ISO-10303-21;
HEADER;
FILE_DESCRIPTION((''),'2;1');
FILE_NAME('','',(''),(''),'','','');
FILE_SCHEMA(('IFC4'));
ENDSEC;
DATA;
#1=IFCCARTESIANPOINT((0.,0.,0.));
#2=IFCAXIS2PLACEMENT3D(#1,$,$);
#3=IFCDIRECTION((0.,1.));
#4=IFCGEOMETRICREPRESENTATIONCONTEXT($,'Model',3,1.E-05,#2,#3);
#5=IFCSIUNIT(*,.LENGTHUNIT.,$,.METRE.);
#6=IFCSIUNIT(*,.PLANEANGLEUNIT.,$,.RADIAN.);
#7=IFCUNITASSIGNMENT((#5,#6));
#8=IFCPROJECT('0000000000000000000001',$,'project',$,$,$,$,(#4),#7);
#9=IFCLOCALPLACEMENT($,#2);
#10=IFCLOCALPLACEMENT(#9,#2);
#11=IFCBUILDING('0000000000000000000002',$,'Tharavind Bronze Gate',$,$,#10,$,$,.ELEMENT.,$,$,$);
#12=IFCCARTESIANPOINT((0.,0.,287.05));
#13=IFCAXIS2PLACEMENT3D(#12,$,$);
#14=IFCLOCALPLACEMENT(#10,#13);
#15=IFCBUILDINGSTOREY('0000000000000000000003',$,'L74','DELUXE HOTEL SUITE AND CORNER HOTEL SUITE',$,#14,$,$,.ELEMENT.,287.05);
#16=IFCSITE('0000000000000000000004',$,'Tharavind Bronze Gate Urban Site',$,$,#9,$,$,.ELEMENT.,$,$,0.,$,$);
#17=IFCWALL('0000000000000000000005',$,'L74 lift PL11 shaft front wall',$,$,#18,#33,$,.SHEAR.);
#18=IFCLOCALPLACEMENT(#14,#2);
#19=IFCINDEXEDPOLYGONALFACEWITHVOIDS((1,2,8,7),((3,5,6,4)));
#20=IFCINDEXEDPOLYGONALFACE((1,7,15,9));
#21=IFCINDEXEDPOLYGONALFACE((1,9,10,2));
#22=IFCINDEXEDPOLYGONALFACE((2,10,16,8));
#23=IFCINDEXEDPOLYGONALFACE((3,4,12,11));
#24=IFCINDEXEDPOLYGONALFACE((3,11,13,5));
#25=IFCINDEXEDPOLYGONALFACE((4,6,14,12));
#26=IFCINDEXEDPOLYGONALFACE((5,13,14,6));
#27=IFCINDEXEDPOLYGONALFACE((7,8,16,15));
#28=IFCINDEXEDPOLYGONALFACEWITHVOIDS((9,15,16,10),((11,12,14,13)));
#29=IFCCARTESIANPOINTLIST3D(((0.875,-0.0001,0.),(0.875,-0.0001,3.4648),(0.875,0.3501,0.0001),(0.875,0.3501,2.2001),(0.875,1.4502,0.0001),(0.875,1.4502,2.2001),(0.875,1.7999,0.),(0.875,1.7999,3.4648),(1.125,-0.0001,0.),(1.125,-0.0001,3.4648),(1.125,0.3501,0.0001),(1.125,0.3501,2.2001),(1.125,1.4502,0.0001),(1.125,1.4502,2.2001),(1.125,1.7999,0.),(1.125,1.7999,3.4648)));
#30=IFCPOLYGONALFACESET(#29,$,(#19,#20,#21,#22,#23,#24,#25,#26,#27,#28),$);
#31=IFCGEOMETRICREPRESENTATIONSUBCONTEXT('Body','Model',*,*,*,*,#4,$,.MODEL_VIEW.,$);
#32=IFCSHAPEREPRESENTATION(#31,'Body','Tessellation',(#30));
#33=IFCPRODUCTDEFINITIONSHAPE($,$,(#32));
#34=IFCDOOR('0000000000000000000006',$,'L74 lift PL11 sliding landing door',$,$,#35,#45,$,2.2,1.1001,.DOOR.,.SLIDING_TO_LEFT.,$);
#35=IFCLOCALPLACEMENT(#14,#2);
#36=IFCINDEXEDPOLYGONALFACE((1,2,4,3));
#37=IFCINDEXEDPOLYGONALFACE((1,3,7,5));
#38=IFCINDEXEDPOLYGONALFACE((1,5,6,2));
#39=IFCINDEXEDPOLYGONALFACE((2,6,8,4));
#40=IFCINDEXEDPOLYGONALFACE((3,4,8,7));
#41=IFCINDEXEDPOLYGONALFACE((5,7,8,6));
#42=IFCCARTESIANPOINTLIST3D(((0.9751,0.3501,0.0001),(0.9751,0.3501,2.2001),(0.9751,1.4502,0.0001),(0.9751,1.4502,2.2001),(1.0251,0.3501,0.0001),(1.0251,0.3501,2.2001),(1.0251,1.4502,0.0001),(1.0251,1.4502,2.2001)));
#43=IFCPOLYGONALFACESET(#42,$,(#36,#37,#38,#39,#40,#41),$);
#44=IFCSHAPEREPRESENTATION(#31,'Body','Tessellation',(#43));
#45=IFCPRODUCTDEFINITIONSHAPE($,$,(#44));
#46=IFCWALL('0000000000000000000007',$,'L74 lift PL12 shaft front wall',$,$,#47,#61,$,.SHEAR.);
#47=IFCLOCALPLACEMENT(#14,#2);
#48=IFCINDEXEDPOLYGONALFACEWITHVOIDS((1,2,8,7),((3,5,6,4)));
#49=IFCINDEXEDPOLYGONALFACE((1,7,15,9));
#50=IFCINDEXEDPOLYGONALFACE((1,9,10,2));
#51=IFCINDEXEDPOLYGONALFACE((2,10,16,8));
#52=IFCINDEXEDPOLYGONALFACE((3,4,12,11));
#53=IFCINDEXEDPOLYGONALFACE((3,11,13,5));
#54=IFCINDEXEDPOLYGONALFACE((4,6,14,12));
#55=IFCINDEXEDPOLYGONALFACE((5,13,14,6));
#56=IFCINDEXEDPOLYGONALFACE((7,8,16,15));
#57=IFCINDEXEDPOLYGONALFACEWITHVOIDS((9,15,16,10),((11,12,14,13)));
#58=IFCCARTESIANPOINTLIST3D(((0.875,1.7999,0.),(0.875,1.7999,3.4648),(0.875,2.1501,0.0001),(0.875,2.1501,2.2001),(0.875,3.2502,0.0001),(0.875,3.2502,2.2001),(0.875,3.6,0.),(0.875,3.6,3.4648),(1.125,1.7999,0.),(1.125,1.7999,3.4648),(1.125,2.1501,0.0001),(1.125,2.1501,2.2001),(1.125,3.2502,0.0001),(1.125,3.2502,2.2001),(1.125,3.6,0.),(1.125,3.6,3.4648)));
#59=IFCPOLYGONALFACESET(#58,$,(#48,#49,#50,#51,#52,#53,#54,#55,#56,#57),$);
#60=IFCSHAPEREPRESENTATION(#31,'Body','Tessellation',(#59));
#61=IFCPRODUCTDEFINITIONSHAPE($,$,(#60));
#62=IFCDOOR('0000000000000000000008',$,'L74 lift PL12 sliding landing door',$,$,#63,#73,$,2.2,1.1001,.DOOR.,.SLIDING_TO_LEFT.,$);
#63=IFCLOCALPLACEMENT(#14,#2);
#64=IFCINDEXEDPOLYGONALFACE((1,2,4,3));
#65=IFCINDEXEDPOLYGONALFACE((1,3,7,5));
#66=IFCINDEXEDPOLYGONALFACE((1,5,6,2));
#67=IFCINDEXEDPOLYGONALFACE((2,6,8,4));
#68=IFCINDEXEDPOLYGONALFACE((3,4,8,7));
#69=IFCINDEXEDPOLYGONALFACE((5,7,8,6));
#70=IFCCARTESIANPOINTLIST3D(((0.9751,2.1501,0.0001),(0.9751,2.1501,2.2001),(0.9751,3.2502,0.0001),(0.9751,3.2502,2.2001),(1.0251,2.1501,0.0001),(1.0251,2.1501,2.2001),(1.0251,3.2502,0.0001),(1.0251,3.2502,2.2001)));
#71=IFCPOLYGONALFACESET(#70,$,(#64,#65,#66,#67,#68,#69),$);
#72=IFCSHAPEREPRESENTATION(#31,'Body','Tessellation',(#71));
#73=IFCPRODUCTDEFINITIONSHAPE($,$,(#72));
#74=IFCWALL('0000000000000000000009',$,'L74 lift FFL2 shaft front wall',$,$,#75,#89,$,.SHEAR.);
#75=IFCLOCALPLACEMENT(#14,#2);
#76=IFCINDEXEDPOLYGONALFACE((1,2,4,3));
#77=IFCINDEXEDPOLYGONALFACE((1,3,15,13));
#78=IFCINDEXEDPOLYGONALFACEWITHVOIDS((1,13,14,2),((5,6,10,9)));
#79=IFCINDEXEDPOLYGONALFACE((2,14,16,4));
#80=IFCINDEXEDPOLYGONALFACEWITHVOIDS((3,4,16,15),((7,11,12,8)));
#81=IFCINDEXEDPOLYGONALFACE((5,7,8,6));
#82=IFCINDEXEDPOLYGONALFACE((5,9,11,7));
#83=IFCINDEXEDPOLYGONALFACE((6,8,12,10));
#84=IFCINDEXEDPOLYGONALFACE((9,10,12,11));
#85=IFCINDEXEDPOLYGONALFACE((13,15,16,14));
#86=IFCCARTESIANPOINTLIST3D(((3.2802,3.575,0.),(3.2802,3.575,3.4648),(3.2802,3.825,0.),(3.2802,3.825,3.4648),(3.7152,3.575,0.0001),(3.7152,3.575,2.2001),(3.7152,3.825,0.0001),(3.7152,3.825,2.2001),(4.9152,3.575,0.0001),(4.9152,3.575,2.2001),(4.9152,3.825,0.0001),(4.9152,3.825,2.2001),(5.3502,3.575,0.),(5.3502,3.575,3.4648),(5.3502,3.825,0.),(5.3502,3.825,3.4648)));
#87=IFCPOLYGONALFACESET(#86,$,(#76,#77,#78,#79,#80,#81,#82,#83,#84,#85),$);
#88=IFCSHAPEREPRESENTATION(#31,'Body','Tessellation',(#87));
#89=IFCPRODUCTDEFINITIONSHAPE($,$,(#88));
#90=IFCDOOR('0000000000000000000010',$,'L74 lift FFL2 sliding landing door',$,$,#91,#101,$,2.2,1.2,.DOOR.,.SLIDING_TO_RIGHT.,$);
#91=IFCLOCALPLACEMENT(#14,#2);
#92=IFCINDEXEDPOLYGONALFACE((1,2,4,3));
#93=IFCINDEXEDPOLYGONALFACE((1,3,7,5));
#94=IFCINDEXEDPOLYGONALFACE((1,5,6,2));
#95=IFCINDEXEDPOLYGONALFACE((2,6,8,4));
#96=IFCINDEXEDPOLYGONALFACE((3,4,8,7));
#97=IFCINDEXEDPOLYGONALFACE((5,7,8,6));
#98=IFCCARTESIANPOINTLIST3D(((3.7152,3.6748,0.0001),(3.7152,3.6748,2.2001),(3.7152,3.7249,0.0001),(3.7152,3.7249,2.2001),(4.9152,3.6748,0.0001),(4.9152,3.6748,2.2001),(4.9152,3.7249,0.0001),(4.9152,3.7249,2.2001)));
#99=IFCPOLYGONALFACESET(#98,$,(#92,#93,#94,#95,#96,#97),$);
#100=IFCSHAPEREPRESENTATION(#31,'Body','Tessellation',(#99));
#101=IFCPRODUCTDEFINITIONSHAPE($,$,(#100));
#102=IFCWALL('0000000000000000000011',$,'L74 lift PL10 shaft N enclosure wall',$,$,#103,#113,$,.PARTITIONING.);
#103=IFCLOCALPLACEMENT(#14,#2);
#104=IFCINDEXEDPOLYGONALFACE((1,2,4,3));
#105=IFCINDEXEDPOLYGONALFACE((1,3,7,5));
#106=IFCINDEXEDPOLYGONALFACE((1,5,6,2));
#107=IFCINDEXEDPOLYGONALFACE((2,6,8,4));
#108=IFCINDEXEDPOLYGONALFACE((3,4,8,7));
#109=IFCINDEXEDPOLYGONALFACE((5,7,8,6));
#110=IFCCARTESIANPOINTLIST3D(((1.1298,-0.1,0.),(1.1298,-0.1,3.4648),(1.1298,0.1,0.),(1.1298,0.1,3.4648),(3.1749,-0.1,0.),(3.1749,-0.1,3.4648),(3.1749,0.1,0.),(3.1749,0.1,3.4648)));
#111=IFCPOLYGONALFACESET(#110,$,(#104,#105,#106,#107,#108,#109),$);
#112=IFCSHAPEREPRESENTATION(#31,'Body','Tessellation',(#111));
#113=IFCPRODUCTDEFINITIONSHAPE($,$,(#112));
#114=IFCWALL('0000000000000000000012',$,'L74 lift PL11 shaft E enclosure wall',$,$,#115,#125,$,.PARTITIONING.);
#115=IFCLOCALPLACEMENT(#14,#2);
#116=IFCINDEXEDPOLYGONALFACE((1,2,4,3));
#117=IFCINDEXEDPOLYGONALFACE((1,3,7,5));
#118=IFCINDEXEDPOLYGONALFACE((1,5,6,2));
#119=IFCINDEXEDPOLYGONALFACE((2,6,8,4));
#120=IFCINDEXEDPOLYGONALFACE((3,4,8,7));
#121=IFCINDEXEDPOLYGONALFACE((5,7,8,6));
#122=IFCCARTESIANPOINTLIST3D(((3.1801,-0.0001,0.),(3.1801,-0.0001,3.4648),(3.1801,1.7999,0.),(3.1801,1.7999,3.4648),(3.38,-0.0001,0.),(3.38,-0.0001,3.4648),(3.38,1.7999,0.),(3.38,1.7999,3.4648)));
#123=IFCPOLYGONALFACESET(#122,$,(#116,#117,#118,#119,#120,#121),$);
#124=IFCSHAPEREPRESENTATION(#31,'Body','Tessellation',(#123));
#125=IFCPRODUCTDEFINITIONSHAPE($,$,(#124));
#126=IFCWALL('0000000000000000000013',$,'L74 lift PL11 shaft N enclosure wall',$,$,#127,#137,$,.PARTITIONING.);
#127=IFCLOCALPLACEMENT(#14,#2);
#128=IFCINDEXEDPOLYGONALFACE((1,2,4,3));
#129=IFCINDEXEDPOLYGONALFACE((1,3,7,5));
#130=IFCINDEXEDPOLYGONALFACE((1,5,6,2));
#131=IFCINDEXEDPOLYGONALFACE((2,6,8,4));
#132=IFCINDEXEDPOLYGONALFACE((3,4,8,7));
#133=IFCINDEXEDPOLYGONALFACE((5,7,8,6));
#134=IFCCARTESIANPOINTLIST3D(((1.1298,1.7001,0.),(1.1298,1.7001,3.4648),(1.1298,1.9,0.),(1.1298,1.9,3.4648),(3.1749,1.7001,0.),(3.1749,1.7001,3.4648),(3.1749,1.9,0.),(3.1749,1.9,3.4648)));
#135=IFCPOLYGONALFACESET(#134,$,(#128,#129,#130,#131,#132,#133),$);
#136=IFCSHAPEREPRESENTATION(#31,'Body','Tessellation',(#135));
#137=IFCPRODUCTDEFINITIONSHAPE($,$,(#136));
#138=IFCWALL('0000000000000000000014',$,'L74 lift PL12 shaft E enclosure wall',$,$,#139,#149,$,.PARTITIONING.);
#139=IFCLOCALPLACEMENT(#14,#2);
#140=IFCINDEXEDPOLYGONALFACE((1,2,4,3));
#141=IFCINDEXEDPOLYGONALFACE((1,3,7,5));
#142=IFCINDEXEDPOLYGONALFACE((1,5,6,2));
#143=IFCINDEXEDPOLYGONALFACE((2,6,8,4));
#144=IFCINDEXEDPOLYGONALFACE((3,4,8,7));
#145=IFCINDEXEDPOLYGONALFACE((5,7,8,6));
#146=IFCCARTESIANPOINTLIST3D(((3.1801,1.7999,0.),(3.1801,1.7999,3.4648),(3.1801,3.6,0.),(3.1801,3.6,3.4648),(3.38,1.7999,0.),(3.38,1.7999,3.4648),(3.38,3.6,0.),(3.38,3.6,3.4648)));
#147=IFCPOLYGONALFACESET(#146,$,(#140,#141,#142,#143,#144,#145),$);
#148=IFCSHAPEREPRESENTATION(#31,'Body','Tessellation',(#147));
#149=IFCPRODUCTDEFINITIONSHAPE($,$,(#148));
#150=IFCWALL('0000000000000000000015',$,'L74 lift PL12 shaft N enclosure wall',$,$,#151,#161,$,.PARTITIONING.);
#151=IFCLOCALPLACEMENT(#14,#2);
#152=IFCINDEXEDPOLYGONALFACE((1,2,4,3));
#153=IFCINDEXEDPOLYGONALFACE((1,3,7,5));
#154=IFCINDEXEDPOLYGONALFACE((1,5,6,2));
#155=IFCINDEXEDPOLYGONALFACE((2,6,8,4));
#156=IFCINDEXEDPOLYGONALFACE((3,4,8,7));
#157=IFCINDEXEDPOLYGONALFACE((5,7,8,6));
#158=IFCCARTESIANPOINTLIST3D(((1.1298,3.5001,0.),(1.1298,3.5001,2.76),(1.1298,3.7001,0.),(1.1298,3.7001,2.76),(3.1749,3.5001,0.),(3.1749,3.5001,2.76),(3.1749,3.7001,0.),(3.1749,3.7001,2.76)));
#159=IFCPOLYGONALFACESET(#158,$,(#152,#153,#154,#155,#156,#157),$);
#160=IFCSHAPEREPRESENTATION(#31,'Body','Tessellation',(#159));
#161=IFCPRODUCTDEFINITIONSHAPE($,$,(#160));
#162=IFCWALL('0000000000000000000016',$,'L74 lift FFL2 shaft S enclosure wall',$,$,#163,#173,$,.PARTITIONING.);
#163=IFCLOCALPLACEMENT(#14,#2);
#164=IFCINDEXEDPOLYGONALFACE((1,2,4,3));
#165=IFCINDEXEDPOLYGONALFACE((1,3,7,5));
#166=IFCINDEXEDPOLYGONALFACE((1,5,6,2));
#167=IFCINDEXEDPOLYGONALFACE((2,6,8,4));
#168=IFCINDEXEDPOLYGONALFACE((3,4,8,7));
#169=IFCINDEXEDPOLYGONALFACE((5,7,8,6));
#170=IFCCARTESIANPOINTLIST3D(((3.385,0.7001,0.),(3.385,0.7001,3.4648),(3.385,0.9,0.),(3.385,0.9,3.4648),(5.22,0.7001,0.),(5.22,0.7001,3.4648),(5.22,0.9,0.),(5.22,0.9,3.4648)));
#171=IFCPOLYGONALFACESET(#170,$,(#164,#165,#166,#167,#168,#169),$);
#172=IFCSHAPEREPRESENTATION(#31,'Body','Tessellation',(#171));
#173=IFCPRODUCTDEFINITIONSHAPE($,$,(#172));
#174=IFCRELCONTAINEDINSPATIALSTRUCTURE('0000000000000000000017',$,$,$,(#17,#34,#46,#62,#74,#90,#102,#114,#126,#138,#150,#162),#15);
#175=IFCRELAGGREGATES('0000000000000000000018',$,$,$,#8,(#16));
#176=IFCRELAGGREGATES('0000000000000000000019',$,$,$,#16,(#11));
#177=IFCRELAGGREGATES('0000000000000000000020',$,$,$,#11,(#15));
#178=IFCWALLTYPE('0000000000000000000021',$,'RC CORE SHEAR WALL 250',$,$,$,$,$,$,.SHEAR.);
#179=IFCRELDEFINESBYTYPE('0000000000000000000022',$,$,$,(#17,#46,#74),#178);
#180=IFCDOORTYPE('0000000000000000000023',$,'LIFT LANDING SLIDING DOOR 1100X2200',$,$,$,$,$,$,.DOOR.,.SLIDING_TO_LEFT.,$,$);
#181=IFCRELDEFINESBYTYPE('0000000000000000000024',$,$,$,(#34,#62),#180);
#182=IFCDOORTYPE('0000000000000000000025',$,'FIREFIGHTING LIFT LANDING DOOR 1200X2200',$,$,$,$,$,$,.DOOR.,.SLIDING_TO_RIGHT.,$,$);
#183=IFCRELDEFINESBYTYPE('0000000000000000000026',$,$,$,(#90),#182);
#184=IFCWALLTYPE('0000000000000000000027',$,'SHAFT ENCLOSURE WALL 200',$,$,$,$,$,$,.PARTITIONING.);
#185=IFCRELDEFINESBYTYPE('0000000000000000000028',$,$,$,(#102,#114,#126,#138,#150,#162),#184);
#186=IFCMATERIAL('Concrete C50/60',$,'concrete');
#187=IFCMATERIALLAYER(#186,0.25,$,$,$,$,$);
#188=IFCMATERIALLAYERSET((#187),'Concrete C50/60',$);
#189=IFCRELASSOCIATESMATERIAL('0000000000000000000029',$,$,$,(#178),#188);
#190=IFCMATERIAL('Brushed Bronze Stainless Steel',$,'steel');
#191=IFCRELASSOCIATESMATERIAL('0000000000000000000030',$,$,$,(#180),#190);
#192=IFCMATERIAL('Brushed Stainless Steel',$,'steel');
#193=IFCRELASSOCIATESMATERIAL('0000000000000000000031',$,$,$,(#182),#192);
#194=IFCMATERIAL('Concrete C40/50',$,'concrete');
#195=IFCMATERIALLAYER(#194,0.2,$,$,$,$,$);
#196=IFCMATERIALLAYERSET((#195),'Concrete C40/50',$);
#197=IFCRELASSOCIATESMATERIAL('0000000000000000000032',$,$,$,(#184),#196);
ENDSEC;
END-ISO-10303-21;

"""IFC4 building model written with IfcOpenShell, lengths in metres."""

from ifc_helpers import new_model, si_unit, direction, frame, frame_2d, origin, place, context, subcontext, project, spatial, rectangle, extrude, material, layer, layer_set, type_object, element, fill, save


model = new_model("IFC4")

# Units and contexts
model_context = context("Model", 3, precision=1e-05, world=origin(), true_north=direction((0.0, 1.0)))
body_context = subcontext(model_context, "Body", "Model", "MODEL_VIEW")
ifc_project = project(units=[si_unit("LENGTHUNIT", "METRE"), si_unit("PLANEANGLEUNIT", "RADIAN")], contexts=[model_context])

# Site, building, storey
site_placement = place(None, origin())
site = spatial("IfcSite", under=ifc_project, at=site_placement, Name="Tharavind Bronze Gate Urban Site", CompositionType="ELEMENT", RefElevation=0.0)
building_placement = place(site_placement, origin())
building = spatial("IfcBuilding", under=site, at=building_placement, Name="Tharavind Bronze Gate", CompositionType="ELEMENT")
storey_placement = place(building_placement, frame((0.0, 0.0, 287.05)))
storey = spatial("IfcBuildingStorey", under=building, at=storey_placement, Name="L74", Description="DELUXE HOTEL SUITE AND CORNER HOTEL SUITE", CompositionType="ELEMENT", Elevation=287.05)

# Walls, openings, doors
ifc_material_1 = material(Name="Concrete C50/60", Category="concrete")
ifc_layer_1 = layer(ifc_material_1, 0.25)
ifc_layer_set_1 = layer_set([ifc_layer_1], Name="Concrete C50/60")
wall_type_1 = type_object("IfcWallType", Name="RC CORE SHEAR WALL 250", PredefinedType="SHEAR", material=ifc_layer_set_1)
wall_1_placement = place(storey_placement, frame((1.0, 0.0, 0.0), z_axis=(0.0, 0.0, 1.0), x_axis=(0.0, 1.0, 0.0)))
wall_1 = element("IfcWall", 1, at=wall_1_placement, inside=storey, type_object=wall_type_1, Name="L74 lift PL11 shaft front wall", PredefinedType="SHEAR", context=body_context, shape_type="SweptSolid", body=[
    extrude(rectangle(XDim=1.8, YDim=0.25, at=frame_2d((0.8999, 0.0))), origin(), (0.0, 0.0, 1.0), 3.4648),
])
opening_1_placement = place(wall_1_placement, frame((0.3501, 0.0, 0.0)))
opening_1 = element("IfcOpeningElement", 2, at=opening_1_placement, cuts=wall_1, PredefinedType="OPENING", context=body_context, shape_type="SweptSolid", body=[
    extrude(rectangle(XDim=1.1001, YDim=2.2, at=frame_2d((0.55, 1.1001))), frame((0.0, 0.135, 0.0), z_axis=(0.0, -1.0, 0.0), x_axis=(1.0, 0.0, 0.0)), (0.0, 0.0, 1.0), 0.27),
])
ifc_material_2 = material(Name="Brushed Bronze Stainless Steel", Category="steel")
door_type_1 = type_object("IfcDoorType", Name="LIFT LANDING SLIDING DOOR 1100X2200", OperationType="SLIDING_TO_LEFT", PredefinedType="DOOR", material=ifc_material_2)
door_1_placement = place(opening_1_placement, origin())
door_1 = element("IfcDoor", 3, at=door_1_placement, inside=storey, type_object=door_type_1, Name="L74 lift PL11 sliding landing door", OperationType="SLIDING_TO_LEFT", OverallHeight=2.2, OverallWidth=1.1001, PredefinedType="DOOR", context=body_context, shape_type="SweptSolid", body=[
    extrude(rectangle(XDim=1.1001, YDim=2.2, at=frame_2d((0.55, 1.1001))), frame((0.0, 0.0249, 0.0), z_axis=(0.0, -1.0, 0.0), x_axis=(1.0, 0.0, 0.0)), (0.0, 0.0, 1.0), 0.05),
])
fill(opening_1, door_1)
wall_2_placement = place(storey_placement, frame((1.0, 1.8, 0.0), z_axis=(0.0, 0.0, 1.0), x_axis=(0.0, 1.0, 0.0)))
wall_2 = element("IfcWall", 4, at=wall_2_placement, inside=storey, type_object=wall_type_1, Name="L74 lift PL12 shaft front wall", PredefinedType="SHEAR", context=body_context, shape_type="SweptSolid", body=[
    extrude(rectangle(XDim=1.8, YDim=0.25, at=frame_2d((0.8999, 0.0))), origin(), (0.0, 0.0, 1.0), 3.4648),
])
opening_2_placement = place(wall_2_placement, frame((0.3501, 0.0, 0.0)))
opening_2 = element("IfcOpeningElement", 5, at=opening_2_placement, cuts=wall_2, PredefinedType="OPENING", context=body_context, shape_type="SweptSolid", body=[
    extrude(rectangle(XDim=1.1001, YDim=2.2, at=frame_2d((0.55, 1.1001))), frame((0.0, 0.135, 0.0), z_axis=(0.0, -1.0, 0.0), x_axis=(1.0, 0.0, 0.0)), (0.0, 0.0, 1.0), 0.27),
])
door_2_placement = place(opening_2_placement, origin())
door_2 = element("IfcDoor", 6, at=door_2_placement, inside=storey, type_object=door_type_1, Name="L74 lift PL12 sliding landing door", OperationType="SLIDING_TO_LEFT", OverallHeight=2.2, OverallWidth=1.1001, PredefinedType="DOOR", context=body_context, shape_type="SweptSolid", body=[
    extrude(rectangle(XDim=1.1001, YDim=2.2, at=frame_2d((0.55, 1.1001))), frame((0.0, 0.0249, 0.0), z_axis=(0.0, -1.0, 0.0), x_axis=(1.0, 0.0, 0.0)), (0.0, 0.0, 1.0), 0.05),
])
fill(opening_2, door_2)
wall_3_placement = place(storey_placement, frame((3.28, 3.7, 0.0), z_axis=(0.0, 0.0, 1.0), x_axis=(1.0, 0.0, 0.0)))
wall_3 = element("IfcWall", 7, at=wall_3_placement, inside=storey, type_object=wall_type_1, Name="L74 lift FFL2 shaft front wall", PredefinedType="SHEAR", context=body_context, shape_type="SweptSolid", body=[
    extrude(rectangle(XDim=2.0701, YDim=0.25, at=frame_2d((1.0352, 0.0))), origin(), (0.0, 0.0, 1.0), 3.4648),
])
opening_3_placement = place(wall_3_placement, frame((0.4351, 0.0, 0.0)))
opening_3 = element("IfcOpeningElement", 8, at=opening_3_placement, cuts=wall_3, PredefinedType="OPENING", context=body_context, shape_type="SweptSolid", body=[
    extrude(rectangle(XDim=1.2, YDim=2.2, at=frame_2d((0.6001, 1.1001))), frame((0.0, 0.135, 0.0), z_axis=(0.0, -1.0, 0.0), x_axis=(1.0, 0.0, 0.0)), (0.0, 0.0, 1.0), 0.27),
])
ifc_material_3 = material(Name="Brushed Stainless Steel", Category="steel")
door_type_2 = type_object("IfcDoorType", Name="FIREFIGHTING LIFT LANDING DOOR 1200X2200", OperationType="SLIDING_TO_RIGHT", PredefinedType="DOOR", material=ifc_material_3)
door_3_placement = place(opening_3_placement, origin())
door_3 = element("IfcDoor", 9, at=door_3_placement, inside=storey, type_object=door_type_2, Name="L74 lift FFL2 sliding landing door", OperationType="SLIDING_TO_RIGHT", OverallHeight=2.2, OverallWidth=1.2, PredefinedType="DOOR", context=body_context, shape_type="SweptSolid", body=[
    extrude(rectangle(XDim=1.2, YDim=2.2, at=frame_2d((0.6001, 1.1001))), frame((0.0, 0.0249, 0.0), z_axis=(0.0, -1.0, 0.0), x_axis=(1.0, 0.0, 0.0)), (0.0, 0.0, 1.0), 0.05),
])
fill(opening_3, door_3)

# Walls
ifc_material_4 = material(Name="Concrete C40/50", Category="concrete")
ifc_layer_2 = layer(ifc_material_4, 0.2)
ifc_layer_set_2 = layer_set([ifc_layer_2], Name="Concrete C40/50")
wall_type_2 = type_object("IfcWallType", Name="SHAFT ENCLOSURE WALL 200", PredefinedType="PARTITIONING", material=ifc_layer_set_2)
wall_4_placement = place(storey_placement, frame((1.1299, 0.0, 0.0), z_axis=(0.0, 0.0, 1.0), x_axis=(1.0, 0.0, 0.0)))
element("IfcWall", 10, at=wall_4_placement, inside=storey, type_object=wall_type_2, Name="L74 lift PL10 shaft N enclosure wall", PredefinedType="PARTITIONING", context=body_context, shape_type="SweptSolid", body=[
    extrude(rectangle(XDim=2.0452, YDim=0.2, at=frame_2d((1.0225, 0.0))), origin(), (0.0, 0.0, 1.0), 3.4648),
])
wall_5_placement = place(storey_placement, frame((3.28, 0.0, 0.0), z_axis=(0.0, 0.0, 1.0), x_axis=(0.0, 1.0, 0.0)))
element("IfcWall", 11, at=wall_5_placement, inside=storey, type_object=wall_type_2, Name="L74 lift PL11 shaft E enclosure wall", PredefinedType="PARTITIONING", context=body_context, shape_type="SweptSolid", body=[
    extrude(rectangle(XDim=1.8, YDim=0.2, at=frame_2d((0.8999, 0.0))), origin(), (0.0, 0.0, 1.0), 3.4648),
])
wall_6_placement = place(storey_placement, frame((1.1299, 1.8, 0.0), z_axis=(0.0, 0.0, 1.0), x_axis=(1.0, 0.0, 0.0)))
element("IfcWall", 12, at=wall_6_placement, inside=storey, type_object=wall_type_2, Name="L74 lift PL11 shaft N enclosure wall", PredefinedType="PARTITIONING", context=body_context, shape_type="SweptSolid", body=[
    extrude(rectangle(XDim=2.0452, YDim=0.2, at=frame_2d((1.0225, 0.0))), origin(), (0.0, 0.0, 1.0), 3.4648),
])
wall_7_placement = place(storey_placement, frame((3.28, 1.8, 0.0), z_axis=(0.0, 0.0, 1.0), x_axis=(0.0, 1.0, 0.0)))
element("IfcWall", 13, at=wall_7_placement, inside=storey, type_object=wall_type_2, Name="L74 lift PL12 shaft E enclosure wall", PredefinedType="PARTITIONING", context=body_context, shape_type="SweptSolid", body=[
    extrude(rectangle(XDim=1.8, YDim=0.2, at=frame_2d((0.8999, 0.0))), origin(), (0.0, 0.0, 1.0), 3.4648),
])
wall_8_placement = place(storey_placement, frame((1.1299, 3.6001, 0.0), z_axis=(0.0, 0.0, 1.0), x_axis=(1.0, 0.0, 0.0)))
element("IfcWall", 14, at=wall_8_placement, inside=storey, type_object=wall_type_2, Name="L74 lift PL12 shaft N enclosure wall", PredefinedType="PARTITIONING", context=body_context, shape_type="SweptSolid", body=[
    extrude(rectangle(XDim=2.0452, YDim=0.2, at=frame_2d((1.0225, 0.0))), origin(), (0.0, 0.0, 1.0), 2.76),
])
wall_9_placement = place(storey_placement, frame((3.385, 0.8, 0.0), z_axis=(0.0, 0.0, 1.0), x_axis=(1.0, 0.0, 0.0)))
element("IfcWall", 15, at=wall_9_placement, inside=storey, type_object=wall_type_2, Name="L74 lift FFL2 shaft S enclosure wall", PredefinedType="PARTITIONING", context=body_context, shape_type="SweptSolid", body=[
    extrude(rectangle(XDim=1.835, YDim=0.2, at=frame_2d((0.9175, 0.0))), origin(), (0.0, 0.0, 1.0), 3.4648),
])

save(model, "model.ifc")
